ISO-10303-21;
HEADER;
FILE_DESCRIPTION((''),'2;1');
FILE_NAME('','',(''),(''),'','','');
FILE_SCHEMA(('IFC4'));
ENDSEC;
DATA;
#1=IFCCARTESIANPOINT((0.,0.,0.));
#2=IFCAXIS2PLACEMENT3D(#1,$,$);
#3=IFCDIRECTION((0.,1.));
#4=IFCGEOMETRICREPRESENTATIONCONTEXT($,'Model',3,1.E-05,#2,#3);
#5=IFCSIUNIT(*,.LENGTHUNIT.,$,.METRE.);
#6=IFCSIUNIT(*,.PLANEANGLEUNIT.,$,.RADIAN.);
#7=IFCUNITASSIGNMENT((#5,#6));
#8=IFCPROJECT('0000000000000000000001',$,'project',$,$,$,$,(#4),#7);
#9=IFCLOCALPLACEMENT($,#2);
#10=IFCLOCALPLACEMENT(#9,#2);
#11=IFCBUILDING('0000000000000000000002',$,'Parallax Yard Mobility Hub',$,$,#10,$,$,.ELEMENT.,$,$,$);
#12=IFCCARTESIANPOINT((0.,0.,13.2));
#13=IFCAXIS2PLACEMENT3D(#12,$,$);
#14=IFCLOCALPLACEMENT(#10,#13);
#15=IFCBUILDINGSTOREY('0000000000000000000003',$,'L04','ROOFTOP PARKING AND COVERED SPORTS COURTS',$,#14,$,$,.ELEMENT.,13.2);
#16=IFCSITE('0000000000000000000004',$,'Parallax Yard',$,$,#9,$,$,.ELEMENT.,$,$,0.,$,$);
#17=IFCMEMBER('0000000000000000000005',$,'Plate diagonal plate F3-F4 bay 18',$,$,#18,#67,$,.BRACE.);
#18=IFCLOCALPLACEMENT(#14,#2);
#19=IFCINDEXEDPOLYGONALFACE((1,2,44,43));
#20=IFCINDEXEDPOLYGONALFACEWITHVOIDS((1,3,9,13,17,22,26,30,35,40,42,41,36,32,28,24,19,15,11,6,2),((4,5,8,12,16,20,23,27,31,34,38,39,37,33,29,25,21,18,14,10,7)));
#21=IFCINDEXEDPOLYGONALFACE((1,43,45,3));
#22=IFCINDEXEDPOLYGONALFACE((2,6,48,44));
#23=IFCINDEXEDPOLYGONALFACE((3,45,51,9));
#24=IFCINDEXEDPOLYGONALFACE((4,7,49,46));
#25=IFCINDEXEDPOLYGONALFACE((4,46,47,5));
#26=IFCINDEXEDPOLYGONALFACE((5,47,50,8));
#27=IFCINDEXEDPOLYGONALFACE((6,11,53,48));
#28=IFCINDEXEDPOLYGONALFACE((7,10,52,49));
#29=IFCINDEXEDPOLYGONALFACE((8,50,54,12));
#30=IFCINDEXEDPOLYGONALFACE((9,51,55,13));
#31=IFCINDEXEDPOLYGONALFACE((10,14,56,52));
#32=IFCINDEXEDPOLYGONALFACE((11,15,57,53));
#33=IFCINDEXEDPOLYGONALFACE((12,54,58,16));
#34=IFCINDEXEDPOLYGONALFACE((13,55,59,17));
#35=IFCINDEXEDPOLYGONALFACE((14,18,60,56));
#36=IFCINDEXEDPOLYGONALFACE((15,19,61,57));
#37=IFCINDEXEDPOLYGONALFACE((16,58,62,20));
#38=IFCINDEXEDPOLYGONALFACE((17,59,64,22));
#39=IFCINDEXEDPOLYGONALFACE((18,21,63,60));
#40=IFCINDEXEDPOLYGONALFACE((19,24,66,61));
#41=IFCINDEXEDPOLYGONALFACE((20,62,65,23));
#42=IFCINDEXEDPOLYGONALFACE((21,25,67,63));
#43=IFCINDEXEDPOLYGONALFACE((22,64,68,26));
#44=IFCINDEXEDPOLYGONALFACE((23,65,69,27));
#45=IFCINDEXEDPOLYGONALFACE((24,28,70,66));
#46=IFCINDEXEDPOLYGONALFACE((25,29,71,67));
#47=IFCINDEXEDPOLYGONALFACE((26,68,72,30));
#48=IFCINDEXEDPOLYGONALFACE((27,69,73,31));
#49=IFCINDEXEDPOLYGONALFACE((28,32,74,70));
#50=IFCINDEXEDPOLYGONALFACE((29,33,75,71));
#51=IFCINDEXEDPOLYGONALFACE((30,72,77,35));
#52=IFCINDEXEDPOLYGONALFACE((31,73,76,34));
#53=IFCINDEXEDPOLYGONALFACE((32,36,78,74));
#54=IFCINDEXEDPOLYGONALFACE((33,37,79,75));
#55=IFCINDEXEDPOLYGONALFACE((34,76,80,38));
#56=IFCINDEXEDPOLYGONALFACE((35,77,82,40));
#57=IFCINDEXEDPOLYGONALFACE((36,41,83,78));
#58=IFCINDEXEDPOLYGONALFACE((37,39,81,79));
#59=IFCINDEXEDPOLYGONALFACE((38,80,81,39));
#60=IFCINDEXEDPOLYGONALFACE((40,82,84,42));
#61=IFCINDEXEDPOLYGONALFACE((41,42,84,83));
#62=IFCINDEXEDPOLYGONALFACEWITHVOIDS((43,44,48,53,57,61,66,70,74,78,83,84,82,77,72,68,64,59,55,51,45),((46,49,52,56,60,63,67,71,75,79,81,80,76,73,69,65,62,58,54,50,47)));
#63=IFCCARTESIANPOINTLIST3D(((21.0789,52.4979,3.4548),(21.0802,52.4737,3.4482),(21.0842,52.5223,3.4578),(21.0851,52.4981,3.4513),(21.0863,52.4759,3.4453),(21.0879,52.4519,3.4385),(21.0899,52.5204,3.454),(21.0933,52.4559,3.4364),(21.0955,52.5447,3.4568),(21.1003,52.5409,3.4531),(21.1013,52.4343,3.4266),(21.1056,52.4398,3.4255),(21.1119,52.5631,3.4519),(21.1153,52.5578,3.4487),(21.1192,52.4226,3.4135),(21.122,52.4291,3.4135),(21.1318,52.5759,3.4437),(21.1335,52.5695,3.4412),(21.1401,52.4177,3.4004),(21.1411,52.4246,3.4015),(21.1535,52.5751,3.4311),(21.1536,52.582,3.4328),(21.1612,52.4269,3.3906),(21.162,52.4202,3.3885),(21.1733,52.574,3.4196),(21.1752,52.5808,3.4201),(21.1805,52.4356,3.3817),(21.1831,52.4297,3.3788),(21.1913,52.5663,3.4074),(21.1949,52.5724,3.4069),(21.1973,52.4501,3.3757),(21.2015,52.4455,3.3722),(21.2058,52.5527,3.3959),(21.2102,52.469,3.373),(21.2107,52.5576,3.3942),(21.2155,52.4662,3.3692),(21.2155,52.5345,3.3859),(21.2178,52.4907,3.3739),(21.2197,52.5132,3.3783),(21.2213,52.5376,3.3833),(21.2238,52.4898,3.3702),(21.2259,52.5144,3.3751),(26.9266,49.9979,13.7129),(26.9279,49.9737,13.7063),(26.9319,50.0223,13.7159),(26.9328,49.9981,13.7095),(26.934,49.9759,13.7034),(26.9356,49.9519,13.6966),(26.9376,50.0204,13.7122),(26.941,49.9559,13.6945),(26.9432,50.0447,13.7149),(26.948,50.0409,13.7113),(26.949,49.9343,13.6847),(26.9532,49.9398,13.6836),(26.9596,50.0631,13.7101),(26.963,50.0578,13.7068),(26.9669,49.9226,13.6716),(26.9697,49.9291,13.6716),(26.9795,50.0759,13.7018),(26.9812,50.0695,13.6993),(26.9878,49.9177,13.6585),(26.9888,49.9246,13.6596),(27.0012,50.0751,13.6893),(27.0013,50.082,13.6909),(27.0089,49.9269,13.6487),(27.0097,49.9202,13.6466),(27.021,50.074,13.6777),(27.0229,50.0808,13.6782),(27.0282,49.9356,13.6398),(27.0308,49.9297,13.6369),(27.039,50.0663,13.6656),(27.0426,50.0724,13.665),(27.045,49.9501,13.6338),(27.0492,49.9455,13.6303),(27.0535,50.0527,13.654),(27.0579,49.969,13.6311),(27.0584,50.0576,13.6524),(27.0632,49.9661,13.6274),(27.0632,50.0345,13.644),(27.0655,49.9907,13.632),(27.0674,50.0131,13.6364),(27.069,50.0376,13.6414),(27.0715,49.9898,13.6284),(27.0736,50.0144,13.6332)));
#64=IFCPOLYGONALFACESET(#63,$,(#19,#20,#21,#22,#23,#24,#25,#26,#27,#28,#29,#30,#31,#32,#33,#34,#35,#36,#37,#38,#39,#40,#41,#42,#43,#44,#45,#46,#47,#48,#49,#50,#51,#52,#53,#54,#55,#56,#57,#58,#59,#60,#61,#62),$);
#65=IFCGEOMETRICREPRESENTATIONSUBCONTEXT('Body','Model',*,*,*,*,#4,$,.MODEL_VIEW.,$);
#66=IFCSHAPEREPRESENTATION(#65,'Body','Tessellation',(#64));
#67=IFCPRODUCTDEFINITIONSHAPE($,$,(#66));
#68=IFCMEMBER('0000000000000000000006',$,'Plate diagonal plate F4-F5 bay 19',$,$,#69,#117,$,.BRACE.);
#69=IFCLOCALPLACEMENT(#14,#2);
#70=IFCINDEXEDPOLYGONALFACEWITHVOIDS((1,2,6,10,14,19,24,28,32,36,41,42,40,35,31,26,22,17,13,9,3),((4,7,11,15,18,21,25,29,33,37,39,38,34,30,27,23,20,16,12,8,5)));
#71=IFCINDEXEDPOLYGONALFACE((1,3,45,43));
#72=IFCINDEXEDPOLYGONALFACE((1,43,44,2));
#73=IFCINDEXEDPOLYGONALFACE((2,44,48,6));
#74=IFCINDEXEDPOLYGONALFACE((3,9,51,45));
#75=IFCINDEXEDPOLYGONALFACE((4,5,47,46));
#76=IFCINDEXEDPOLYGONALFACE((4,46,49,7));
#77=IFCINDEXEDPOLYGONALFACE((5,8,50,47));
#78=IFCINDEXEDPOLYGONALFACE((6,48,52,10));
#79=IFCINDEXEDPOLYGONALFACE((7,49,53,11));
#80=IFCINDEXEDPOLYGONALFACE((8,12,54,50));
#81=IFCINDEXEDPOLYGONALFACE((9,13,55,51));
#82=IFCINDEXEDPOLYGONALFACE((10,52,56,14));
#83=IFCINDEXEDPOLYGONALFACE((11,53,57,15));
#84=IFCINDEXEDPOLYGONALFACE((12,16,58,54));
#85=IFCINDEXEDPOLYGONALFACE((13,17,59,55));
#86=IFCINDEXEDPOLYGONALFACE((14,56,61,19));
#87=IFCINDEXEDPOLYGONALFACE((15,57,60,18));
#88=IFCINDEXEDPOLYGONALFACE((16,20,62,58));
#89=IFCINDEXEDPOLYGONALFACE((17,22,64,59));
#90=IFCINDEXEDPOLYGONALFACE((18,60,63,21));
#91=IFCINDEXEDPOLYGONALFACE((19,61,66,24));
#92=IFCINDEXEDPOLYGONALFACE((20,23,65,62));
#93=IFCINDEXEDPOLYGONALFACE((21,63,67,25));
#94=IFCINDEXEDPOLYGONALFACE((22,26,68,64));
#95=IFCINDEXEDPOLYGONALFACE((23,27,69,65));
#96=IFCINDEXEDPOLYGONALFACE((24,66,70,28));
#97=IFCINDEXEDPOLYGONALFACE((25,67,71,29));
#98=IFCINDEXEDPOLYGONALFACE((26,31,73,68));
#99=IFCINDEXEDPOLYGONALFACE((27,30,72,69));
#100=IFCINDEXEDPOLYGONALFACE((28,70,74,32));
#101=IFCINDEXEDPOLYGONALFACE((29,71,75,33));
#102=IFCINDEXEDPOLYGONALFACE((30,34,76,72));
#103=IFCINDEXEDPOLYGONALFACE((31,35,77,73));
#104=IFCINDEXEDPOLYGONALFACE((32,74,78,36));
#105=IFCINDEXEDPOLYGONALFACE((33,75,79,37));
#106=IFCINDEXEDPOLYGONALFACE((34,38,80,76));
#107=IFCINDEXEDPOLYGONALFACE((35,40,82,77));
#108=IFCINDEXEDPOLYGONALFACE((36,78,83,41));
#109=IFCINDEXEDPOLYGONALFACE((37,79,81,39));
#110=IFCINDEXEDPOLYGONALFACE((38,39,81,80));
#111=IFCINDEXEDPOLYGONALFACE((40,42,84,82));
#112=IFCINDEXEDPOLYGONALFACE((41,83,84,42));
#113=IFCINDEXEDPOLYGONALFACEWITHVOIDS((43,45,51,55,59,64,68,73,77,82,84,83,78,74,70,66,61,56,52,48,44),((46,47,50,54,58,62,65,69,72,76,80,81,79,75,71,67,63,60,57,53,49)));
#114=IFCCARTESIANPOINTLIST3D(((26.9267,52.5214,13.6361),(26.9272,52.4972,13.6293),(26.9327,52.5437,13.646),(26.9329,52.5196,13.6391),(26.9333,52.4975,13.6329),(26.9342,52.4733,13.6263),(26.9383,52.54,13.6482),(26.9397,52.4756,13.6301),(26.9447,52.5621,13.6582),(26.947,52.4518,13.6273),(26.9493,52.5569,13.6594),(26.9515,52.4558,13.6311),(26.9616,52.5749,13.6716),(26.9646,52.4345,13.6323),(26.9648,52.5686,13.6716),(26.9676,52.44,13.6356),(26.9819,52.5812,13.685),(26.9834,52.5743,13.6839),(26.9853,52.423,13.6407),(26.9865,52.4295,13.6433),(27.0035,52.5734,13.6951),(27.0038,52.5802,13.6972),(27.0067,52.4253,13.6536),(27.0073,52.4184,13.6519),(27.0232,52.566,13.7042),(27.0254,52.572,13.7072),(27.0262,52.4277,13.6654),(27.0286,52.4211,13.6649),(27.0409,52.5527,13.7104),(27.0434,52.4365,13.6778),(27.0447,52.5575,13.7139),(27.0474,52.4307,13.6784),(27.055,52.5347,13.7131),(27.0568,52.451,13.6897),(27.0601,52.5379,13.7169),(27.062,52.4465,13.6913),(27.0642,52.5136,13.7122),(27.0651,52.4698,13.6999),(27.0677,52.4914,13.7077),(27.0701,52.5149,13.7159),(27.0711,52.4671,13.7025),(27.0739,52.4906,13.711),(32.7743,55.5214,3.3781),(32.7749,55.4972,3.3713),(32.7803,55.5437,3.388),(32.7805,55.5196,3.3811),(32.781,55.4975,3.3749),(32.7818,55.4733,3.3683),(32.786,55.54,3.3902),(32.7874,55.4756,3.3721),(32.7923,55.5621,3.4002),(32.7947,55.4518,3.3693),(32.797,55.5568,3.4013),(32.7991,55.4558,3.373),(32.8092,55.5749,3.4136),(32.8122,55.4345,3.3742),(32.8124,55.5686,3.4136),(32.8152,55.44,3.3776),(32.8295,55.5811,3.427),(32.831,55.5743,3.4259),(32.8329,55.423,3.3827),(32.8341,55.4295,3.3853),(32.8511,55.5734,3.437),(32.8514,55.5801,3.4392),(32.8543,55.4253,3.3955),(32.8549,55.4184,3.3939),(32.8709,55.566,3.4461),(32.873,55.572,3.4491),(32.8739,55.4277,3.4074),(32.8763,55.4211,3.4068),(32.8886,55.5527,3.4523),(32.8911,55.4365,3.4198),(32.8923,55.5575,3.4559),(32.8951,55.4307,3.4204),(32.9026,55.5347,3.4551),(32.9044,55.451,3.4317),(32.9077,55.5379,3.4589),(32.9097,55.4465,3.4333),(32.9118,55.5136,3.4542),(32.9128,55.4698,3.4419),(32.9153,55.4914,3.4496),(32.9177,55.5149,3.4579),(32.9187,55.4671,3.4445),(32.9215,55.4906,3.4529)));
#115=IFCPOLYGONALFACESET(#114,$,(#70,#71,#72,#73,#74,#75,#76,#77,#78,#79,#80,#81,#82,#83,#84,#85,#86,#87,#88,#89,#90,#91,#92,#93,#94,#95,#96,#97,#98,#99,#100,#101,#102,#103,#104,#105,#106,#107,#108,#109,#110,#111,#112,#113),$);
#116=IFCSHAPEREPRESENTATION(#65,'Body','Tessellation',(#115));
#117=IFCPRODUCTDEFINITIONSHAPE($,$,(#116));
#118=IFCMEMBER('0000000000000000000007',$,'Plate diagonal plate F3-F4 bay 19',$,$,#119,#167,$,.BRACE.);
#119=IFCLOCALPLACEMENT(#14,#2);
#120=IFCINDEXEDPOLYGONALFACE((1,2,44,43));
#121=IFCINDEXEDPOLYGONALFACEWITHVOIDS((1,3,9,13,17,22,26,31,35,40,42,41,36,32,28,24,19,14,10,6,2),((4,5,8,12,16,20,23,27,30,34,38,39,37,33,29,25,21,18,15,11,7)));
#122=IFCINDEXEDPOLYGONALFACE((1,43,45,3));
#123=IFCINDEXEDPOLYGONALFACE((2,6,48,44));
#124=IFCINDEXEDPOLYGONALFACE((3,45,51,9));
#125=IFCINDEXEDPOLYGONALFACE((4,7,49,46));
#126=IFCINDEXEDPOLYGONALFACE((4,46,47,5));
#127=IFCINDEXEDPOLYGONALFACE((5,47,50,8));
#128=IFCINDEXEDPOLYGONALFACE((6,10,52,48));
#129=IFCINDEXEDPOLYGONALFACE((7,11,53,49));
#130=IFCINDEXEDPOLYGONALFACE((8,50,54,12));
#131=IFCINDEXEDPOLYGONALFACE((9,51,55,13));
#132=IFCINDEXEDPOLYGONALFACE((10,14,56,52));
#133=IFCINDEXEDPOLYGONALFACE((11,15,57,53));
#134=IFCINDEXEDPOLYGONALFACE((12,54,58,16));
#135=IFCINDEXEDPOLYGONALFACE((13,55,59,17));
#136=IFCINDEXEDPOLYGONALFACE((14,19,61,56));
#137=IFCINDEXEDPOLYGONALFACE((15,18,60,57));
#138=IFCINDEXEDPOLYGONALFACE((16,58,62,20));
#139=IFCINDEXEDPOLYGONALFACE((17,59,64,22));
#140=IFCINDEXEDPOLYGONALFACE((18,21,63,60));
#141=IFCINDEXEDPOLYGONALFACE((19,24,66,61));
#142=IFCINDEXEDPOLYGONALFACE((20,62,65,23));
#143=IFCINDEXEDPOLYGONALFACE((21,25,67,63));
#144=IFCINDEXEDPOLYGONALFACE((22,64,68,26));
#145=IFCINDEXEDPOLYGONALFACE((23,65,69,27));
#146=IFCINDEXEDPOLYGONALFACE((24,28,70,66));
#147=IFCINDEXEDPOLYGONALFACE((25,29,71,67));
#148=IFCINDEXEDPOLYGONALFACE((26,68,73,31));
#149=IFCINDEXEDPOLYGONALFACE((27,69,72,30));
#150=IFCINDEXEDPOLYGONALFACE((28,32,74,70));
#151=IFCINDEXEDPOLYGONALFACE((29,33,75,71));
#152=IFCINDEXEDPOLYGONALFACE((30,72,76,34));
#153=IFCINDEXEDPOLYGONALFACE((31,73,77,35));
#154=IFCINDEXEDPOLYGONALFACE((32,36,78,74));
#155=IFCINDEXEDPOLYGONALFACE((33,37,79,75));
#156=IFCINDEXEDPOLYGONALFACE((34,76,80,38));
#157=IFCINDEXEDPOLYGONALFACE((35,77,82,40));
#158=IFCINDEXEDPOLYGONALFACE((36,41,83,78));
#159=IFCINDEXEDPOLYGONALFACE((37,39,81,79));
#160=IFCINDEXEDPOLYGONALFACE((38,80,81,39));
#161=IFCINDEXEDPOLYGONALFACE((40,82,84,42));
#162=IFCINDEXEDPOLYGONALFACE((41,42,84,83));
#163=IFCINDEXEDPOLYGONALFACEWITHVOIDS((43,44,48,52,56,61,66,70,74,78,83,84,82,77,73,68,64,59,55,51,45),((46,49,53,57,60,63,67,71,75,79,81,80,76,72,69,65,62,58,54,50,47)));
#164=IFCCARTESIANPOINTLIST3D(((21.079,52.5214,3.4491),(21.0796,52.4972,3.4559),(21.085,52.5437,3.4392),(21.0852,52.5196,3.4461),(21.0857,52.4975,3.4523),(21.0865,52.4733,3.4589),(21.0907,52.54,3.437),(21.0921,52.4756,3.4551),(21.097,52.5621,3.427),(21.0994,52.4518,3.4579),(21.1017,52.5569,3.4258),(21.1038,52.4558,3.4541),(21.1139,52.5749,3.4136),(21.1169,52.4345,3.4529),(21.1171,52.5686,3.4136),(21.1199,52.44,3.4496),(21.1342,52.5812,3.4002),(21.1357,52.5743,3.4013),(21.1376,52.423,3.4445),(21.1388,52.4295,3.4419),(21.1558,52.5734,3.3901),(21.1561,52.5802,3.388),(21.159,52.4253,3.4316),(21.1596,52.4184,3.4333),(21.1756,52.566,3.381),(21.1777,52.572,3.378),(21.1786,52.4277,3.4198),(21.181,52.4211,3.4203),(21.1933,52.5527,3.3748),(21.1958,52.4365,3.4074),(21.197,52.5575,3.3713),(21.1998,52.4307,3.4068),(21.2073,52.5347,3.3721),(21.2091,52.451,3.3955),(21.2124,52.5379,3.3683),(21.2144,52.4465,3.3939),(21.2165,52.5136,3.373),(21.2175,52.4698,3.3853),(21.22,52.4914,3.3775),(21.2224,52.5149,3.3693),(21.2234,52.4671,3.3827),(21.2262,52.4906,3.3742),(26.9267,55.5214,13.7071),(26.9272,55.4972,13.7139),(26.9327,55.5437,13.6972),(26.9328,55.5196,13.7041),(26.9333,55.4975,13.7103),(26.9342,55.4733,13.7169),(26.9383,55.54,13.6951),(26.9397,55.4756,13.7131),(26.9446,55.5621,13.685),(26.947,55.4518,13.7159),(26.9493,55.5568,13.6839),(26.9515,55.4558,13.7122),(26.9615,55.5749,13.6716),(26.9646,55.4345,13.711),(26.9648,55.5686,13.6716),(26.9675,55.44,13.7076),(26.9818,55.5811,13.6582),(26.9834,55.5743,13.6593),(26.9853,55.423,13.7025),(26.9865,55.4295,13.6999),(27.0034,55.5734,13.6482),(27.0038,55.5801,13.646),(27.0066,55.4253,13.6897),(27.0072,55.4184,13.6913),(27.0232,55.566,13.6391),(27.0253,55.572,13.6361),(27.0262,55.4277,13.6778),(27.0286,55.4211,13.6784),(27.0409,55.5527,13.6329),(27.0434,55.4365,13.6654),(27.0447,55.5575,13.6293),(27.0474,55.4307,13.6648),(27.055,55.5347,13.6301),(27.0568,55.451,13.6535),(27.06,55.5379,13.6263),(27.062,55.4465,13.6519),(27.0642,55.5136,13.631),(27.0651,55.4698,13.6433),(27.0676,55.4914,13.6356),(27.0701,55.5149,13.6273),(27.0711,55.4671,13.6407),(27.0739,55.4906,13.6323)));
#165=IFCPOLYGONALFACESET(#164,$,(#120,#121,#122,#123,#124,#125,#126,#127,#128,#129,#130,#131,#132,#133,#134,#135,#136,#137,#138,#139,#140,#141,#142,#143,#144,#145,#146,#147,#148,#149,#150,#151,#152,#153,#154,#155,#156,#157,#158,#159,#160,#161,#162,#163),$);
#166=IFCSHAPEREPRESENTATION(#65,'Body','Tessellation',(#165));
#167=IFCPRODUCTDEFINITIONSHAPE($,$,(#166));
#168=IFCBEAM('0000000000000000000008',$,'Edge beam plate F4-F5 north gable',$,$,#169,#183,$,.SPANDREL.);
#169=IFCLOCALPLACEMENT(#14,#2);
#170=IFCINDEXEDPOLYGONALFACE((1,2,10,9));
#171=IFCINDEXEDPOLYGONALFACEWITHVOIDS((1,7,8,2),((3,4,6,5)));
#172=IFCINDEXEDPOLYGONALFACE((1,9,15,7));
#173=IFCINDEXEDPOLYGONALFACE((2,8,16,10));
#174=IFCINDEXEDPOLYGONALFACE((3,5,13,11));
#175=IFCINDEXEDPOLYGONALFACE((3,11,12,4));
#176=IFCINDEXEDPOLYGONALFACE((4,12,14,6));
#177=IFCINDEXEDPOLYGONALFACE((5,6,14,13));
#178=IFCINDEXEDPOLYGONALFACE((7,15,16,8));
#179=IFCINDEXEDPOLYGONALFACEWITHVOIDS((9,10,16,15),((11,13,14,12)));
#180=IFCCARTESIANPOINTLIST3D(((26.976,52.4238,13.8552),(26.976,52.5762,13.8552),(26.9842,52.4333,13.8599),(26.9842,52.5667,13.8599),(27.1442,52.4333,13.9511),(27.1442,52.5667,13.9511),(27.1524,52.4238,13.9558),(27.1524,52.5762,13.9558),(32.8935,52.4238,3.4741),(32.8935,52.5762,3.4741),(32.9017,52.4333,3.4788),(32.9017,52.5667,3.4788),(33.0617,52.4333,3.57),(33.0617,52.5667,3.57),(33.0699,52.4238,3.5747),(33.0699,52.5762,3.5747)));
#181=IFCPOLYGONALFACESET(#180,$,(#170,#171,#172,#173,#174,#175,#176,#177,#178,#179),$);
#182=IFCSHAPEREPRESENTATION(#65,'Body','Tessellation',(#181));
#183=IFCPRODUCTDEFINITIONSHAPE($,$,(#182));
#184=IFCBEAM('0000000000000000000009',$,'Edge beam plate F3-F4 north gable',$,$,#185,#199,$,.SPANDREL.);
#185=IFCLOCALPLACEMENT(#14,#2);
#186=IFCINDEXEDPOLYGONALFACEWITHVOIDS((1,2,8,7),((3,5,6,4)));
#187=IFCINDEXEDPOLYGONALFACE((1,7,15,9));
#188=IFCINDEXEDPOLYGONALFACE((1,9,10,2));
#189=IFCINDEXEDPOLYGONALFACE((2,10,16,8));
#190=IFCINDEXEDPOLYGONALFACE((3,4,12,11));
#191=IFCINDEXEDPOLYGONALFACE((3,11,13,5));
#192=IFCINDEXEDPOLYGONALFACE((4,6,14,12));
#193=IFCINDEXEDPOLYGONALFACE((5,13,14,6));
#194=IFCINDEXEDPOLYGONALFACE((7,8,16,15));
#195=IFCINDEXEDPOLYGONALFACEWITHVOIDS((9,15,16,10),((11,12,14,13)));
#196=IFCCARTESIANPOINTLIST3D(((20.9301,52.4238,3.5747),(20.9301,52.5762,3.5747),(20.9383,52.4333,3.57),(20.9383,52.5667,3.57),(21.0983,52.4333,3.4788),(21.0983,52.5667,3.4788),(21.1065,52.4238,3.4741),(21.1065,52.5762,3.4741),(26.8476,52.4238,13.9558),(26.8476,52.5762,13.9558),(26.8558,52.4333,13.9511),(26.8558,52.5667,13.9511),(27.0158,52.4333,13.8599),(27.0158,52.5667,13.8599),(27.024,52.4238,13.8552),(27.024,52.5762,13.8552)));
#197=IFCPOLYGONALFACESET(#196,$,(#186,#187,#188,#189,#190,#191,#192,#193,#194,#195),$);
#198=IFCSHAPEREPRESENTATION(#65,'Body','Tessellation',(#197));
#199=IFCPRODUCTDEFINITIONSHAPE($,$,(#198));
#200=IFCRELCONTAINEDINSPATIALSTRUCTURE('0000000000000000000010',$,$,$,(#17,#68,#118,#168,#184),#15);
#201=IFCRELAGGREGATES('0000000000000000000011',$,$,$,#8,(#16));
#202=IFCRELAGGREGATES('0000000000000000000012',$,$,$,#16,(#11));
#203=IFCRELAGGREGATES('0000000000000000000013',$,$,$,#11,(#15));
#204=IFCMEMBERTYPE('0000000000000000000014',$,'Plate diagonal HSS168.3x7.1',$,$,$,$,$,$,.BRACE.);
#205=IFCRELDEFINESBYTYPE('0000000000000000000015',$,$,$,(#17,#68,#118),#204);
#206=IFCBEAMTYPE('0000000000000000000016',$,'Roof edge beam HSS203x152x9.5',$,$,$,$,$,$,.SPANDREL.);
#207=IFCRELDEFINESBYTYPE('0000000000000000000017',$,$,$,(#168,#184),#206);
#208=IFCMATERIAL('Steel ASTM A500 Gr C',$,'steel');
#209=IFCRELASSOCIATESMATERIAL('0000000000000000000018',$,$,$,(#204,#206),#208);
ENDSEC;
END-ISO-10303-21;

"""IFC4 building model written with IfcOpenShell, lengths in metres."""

from ifc_helpers import new_model, si_unit, direction, frame, origin, origin_2d, place, context, subcontext, project, spatial, hollow_rectangle, hollow_circle, extrude, material, material_profile, profile_set, type_object, element, save


model = new_model("IFC4")

# Units and contexts
model_context = context("Model", 3, precision=1e-05, world=origin(), true_north=direction((0.0, 1.0)))
body_context = subcontext(model_context, "Body", "Model", "MODEL_VIEW")
ifc_project = project(units=[si_unit("LENGTHUNIT", "METRE"), si_unit("PLANEANGLEUNIT", "RADIAN")], contexts=[model_context])

# Site, building, storey
site_placement = place(None, origin())
site = spatial("IfcSite", under=ifc_project, at=site_placement, Name="Parallax Yard", CompositionType="ELEMENT", RefElevation=0.0)
building_placement = place(site_placement, origin())
building = spatial("IfcBuilding", under=site, at=building_placement, Name="Parallax Yard Mobility Hub", CompositionType="ELEMENT")
storey_placement = place(building_placement, frame((0.0, 0.0, 13.2)))
storey = spatial("IfcBuildingStorey", under=building, at=storey_placement, Name="L04", Description="ROOFTOP PARKING AND COVERED SPORTS COURTS", CompositionType="ELEMENT", Elevation=13.2)

# Shared definitions
ifc_material_1 = material(Name="Steel ASTM A500 Gr C", Category="steel")

# Members
ifc_material_profile_1 = material_profile(ifc_material_1, hollow_circle(Radius=0.0842, WallThickness=0.0071, at=origin_2d()), Name="HSS168.3x7.1")
ifc_profile_set_1 = profile_set([ifc_material_profile_1], Name="Steel ASTM A500 Gr C")
member_type_1 = type_object("IfcMemberType", Name="Plate diagonal HSS168.3x7.1", PredefinedType="BRACE", material=ifc_profile_set_1)
member_1_placement = place(storey_placement, frame((27.0, 50.0, 13.6716), z_axis=(-0.484499, 0.207134, -0.849916), x_axis=(-0.393104, -0.919494, 0.0)))
element("IfcMember", 1, at=member_1_placement, inside=storey, type_object=member_type_1, Name="Plate diagonal plate F3-F4 bay 18", PredefinedType="BRACE", context=body_context, shape_type="SweptSolid", body=[
    extrude(hollow_circle(Radius=0.0842, WallThickness=0.0071, at=origin_2d()), origin(), (0.0, 0.0, 1.0), 12.0696),
])
for number, where, z_axis, x_axis, name in (
    (2, (27.0, 52.5, 13.6716), (0.479989, 0.246247, -0.842005), (-0.456461, 0.889743, 0.0), "Plate diagonal plate F4-F5 bay 19"),
    (3, (21.1523, 52.5, 3.4136), (0.479989, 0.246247, 0.842005), (-0.456461, 0.889743, 0.0), "Plate diagonal plate F3-F4 bay 19"),
):
    element("IfcMember", number, at=place(storey_placement, frame(where, z_axis=z_axis, x_axis=x_axis)), inside=storey, type_object=member_type_1, Name=name, PredefinedType="BRACE", context=body_context, shape_type="SweptSolid", body=[
        extrude(hollow_circle(Radius=0.0842, WallThickness=0.0071, at=origin_2d()), origin(), (0.0, 0.0, 1.0), 12.1829),
    ])

# Beams
ifc_material_profile_2 = material_profile(ifc_material_1, hollow_rectangle(XDim=0.1523, YDim=0.2031, WallThickness=0.0095, at=origin_2d()), Name="HSS203x152x9.5")
ifc_profile_set_2 = profile_set([ifc_material_profile_2], Name="Steel ASTM A500 Gr C")
beam_type = type_object("IfcBeamType", Name="Roof edge beam HSS203x152x9.5", PredefinedType="SPANDREL", material=ifc_profile_set_2)
for number, where, z_axis, x_axis, name in (
    (4, (27.0642, 52.5, 13.9055), (0.495219, 0.0, -0.868768), (0.0, 1.0, 0.0), "Edge beam plate F4-F5 north gable"),
    (5, (21.0183, 52.5, 3.5244), (0.495219, 0.0, 0.868768), (0.0, 1.0, 0.0), "Edge beam plate F3-F4 north gable"),
):
    element("IfcBeam", number, at=place(storey_placement, frame(where, z_axis=z_axis, x_axis=x_axis)), inside=storey, type_object=beam_type, Name=name, PredefinedType="SPANDREL", context=body_context, shape_type="SweptSolid", body=[
        extrude(hollow_rectangle(XDim=0.1523, YDim=0.2031, WallThickness=0.0095, at=origin_2d()), origin(), (0.0, 0.0, 1.0), 11.9492),
    ])

save(model, "model.ifc")
